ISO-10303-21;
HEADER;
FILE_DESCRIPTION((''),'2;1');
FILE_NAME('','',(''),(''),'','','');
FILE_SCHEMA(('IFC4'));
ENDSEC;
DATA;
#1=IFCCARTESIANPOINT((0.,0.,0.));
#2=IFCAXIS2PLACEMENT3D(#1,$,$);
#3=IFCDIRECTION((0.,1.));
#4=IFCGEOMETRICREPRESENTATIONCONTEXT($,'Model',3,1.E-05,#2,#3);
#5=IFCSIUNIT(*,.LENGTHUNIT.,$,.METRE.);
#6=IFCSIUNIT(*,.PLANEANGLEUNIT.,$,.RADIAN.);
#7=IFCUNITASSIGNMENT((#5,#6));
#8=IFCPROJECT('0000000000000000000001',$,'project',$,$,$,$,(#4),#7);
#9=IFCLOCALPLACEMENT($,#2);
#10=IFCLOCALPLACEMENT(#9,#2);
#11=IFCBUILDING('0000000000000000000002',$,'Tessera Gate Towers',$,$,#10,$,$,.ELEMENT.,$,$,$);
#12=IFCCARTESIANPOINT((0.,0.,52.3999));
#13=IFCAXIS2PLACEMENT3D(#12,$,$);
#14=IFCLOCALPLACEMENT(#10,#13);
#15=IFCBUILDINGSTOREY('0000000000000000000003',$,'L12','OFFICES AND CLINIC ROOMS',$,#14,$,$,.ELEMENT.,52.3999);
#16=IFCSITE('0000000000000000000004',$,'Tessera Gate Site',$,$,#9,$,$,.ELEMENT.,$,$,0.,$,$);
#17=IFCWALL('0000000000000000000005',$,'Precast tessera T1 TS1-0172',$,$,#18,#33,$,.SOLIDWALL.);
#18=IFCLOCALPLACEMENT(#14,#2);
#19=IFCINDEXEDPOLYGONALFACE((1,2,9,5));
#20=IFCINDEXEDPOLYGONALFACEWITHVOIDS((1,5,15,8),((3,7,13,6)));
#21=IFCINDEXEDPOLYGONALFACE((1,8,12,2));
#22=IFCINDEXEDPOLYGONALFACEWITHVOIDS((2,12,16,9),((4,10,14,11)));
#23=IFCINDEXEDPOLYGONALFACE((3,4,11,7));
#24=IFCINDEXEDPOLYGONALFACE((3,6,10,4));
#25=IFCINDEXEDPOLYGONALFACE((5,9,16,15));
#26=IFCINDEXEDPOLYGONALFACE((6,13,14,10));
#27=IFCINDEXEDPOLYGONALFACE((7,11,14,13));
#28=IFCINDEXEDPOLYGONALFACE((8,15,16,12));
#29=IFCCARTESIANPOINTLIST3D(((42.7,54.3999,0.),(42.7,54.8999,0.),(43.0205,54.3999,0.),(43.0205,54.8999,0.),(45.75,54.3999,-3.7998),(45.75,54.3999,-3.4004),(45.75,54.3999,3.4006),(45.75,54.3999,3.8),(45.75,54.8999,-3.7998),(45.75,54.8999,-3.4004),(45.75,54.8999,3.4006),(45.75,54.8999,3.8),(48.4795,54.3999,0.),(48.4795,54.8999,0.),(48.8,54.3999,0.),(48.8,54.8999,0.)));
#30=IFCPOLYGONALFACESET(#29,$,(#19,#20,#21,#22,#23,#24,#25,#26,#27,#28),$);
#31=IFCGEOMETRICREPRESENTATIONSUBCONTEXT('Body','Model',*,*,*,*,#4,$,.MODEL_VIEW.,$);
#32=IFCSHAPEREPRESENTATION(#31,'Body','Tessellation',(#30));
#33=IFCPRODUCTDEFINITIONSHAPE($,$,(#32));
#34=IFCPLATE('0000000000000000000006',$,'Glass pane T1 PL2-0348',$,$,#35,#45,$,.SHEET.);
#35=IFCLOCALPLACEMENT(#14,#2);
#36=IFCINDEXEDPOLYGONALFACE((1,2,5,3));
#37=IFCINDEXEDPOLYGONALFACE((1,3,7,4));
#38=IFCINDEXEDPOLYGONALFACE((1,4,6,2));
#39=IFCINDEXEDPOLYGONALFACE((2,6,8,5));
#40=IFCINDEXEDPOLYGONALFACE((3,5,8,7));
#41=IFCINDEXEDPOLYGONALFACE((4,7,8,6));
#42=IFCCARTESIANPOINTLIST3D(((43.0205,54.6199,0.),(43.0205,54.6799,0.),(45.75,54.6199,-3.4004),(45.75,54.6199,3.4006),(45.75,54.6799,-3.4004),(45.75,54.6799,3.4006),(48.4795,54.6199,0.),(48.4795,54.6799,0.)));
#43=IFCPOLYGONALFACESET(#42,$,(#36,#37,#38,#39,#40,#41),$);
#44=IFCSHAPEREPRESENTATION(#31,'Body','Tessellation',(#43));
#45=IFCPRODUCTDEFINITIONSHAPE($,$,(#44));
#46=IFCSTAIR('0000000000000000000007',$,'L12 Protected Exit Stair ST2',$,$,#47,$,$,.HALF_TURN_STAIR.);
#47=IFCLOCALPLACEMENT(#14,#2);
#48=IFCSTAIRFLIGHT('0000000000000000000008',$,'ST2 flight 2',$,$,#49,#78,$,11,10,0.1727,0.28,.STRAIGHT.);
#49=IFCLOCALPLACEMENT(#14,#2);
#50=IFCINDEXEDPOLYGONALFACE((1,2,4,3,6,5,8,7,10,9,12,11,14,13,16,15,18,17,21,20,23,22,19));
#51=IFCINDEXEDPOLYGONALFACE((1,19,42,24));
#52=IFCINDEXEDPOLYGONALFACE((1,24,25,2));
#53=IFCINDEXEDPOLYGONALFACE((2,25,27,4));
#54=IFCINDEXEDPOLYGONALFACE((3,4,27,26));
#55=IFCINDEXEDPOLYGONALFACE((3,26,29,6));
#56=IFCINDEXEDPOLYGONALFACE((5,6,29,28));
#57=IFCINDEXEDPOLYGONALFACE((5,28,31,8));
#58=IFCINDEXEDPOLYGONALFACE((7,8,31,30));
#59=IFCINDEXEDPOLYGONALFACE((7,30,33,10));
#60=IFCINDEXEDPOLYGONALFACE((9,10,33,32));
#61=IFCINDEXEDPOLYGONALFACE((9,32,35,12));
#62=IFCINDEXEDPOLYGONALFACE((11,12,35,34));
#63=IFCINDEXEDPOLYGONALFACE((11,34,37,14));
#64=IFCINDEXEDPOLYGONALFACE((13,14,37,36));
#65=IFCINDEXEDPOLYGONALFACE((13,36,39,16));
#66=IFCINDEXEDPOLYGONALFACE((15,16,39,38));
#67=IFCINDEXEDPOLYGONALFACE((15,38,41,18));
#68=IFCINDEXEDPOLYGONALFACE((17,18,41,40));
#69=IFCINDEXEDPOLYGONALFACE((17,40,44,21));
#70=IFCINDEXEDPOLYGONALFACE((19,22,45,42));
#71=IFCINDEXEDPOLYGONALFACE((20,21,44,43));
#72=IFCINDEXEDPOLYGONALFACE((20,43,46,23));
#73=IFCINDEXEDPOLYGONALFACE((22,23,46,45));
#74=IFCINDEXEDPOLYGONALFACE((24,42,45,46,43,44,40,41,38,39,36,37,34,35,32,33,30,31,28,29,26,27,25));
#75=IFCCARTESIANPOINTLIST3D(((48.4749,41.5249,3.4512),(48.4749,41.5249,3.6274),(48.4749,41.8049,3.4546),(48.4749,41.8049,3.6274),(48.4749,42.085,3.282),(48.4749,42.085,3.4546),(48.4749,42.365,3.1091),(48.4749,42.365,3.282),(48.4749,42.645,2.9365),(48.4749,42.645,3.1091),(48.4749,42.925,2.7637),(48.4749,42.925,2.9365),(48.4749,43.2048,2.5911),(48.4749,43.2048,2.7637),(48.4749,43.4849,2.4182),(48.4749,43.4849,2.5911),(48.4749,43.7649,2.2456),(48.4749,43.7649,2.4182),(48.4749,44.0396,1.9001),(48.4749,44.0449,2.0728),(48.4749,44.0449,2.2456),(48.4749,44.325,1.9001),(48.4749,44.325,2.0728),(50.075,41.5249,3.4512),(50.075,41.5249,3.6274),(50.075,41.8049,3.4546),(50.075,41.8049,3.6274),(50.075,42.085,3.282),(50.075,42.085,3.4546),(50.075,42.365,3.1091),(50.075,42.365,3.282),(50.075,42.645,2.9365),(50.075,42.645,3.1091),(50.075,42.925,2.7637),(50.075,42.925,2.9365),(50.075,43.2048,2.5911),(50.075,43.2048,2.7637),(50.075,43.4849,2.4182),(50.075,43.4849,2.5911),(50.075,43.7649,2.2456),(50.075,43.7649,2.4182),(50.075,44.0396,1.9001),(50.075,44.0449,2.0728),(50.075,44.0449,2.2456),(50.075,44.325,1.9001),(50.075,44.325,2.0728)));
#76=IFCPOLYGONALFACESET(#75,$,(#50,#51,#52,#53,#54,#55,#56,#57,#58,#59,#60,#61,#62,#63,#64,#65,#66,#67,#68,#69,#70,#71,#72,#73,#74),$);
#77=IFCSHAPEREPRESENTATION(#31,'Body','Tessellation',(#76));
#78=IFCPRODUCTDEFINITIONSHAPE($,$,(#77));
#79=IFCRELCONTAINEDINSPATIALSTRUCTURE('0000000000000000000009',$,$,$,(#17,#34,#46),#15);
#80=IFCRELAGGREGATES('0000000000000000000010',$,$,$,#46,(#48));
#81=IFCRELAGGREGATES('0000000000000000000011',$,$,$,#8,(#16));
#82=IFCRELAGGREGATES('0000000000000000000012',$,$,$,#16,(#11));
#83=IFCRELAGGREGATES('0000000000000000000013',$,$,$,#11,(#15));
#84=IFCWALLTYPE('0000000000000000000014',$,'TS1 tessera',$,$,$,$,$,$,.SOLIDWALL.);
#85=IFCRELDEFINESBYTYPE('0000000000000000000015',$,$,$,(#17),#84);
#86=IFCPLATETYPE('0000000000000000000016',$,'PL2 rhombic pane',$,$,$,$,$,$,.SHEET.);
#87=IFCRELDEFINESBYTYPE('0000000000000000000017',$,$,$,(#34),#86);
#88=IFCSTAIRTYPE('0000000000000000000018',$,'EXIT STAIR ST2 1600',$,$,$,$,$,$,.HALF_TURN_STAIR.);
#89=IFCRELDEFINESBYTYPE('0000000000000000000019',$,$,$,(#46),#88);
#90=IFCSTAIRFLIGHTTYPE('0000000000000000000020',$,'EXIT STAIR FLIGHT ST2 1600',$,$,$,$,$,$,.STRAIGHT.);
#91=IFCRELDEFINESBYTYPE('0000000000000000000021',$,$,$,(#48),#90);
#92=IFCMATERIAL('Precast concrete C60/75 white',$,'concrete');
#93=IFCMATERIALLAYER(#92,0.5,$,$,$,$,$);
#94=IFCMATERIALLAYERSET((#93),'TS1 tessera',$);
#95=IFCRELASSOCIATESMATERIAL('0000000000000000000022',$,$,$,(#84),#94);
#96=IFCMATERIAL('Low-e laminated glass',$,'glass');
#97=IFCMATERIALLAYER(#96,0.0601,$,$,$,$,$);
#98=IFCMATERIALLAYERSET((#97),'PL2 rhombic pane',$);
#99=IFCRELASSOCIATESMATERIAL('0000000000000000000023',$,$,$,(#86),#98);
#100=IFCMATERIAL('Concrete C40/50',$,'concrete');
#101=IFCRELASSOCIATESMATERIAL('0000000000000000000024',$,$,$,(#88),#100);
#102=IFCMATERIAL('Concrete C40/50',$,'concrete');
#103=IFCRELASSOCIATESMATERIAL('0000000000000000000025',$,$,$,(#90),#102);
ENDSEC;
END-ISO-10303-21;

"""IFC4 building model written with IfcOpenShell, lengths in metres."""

from ifc_helpers import new_model, si_unit, direction, frame, origin, place, context, subcontext, project, spatial, polyline, outline, extrude, source, transform, mapped, material, layer, layer_set, type_object, element, fill, aggregate, save


model = new_model("IFC4")

# Units and contexts
model_context = context("Model", 3, precision=1e-05, world=origin(), true_north=direction((0.0, 1.0)))
body_context = subcontext(model_context, "Body", "Model", "MODEL_VIEW")
ifc_project = project(units=[si_unit("LENGTHUNIT", "METRE"), si_unit("PLANEANGLEUNIT", "RADIAN")], contexts=[model_context])

# Site, building, storey
site_placement = place(None, origin())
site = spatial("IfcSite", under=ifc_project, at=site_placement, Name="Tessera Gate Site", CompositionType="ELEMENT", RefElevation=0.0)
building_placement = place(site_placement, origin())
building = spatial("IfcBuilding", under=site, at=building_placement, Name="Tessera Gate Towers", CompositionType="ELEMENT")
storey_placement = place(building_placement, frame((0.0, 0.0, 52.3999)))
storey = spatial("IfcBuildingStorey", under=building, at=storey_placement, Name="L12", Description="OFFICES AND CLINIC ROOMS", CompositionType="ELEMENT", Elevation=52.3999)

# Wall, opening, plate
ifc_material_1 = material(Name="Precast concrete C60/75 white", Category="concrete")
ifc_layer_1 = layer(ifc_material_1, 0.5)
ifc_layer_set_1 = layer_set([ifc_layer_1], Name="TS1 tessera")
wall_type_1 = type_object("IfcWallType", Name="TS1 tessera", PredefinedType="SOLIDWALL", material=ifc_layer_set_1)
shared_shape_1 = source(origin(), body_context, "Body", "SweptSolid", [
    extrude(outline(polyline([(3.05, 0.0), (6.1001, 3.7998), (3.05, 7.5999), (0.0, 3.7998), (3.05, 0.0)])), frame((0.0, 0.25, 0.0), z_axis=(0.0, -1.0, 0.0), x_axis=(1.0, 0.0, 0.0)), (0.0, 0.0, 1.0), 0.5),
])
wall_1_placement = place(storey_placement, frame((48.8, 54.6499, -3.7998), z_axis=(0.0, 0.0, 1.0), x_axis=(-1.0, 0.0, 0.0)))
wall_1 = element("IfcWall", 1, at=wall_1_placement, inside=storey, type_object=wall_type_1, Name="Precast tessera T1 TS1-0172", PredefinedType="SOLIDWALL", context=body_context, shape_type="MappedRepresentation", body=[
    mapped(shared_shape_1, transform((0.0, 0.0, 0.0), scale=1.0)),
])
shared_shape_2 = source(origin(), body_context, "Body", "SweptSolid", [
    extrude(outline(polyline([(3.05, 0.3994), (5.7795, 3.7998), (3.05, 7.2004), (0.3206, 3.7998), (3.05, 0.3994)])), frame((0.0, 0.26, 0.0), z_axis=(0.0, -1.0, 0.0), x_axis=(1.0, 0.0, 0.0)), (0.0, 0.0, 1.0), 0.52),
])
opening_1_placement = place(wall_1_placement, origin())
opening_1 = element("IfcOpeningElement", 2, at=opening_1_placement, cuts=wall_1, PredefinedType="OPENING", context=body_context, shape_type="MappedRepresentation", body=[
    mapped(shared_shape_2, transform((0.0, 0.0, 0.0), scale=1.0)),
])
ifc_material_2 = material(Name="Low-e laminated glass", Category="glass")
ifc_layer_2 = layer(ifc_material_2, 0.0601)
ifc_layer_set_2 = layer_set([ifc_layer_2], Name="PL2 rhombic pane")
plate_type = type_object("IfcPlateType", Name="PL2 rhombic pane", PredefinedType="SHEET", material=ifc_layer_set_2)
shared_shape_3 = source(origin(), body_context, "Body", "SweptSolid", [
    extrude(outline(polyline([(3.05, 0.3994), (5.7795, 3.7998), (3.05, 7.2004), (0.3206, 3.7998), (3.05, 0.3994)])), frame((0.0, 0.03, 0.0), z_axis=(0.0, -1.0, 0.0), x_axis=(1.0, 0.0, 0.0)), (0.0, 0.0, 1.0), 0.0601),
])
plate_placement = place(opening_1_placement, origin())
plate = element("IfcPlate", 3, at=plate_placement, inside=storey, type_object=plate_type, Name="Glass pane T1 PL2-0348", PredefinedType="SHEET", context=body_context, shape_type="MappedRepresentation", body=[
    mapped(shared_shape_3, transform((0.0, 0.0, 0.0), scale=1.0)),
])
fill(opening_1, plate)

# Stair, stair flight
ifc_material_3 = material(Name="Concrete C40/50", Category="concrete")
stair_type = type_object("IfcStairType", Name="EXIT STAIR ST2 1600", PredefinedType="HALF_TURN_STAIR", material=ifc_material_3)
stair_placement = place(storey_placement, origin())
stair = element("IfcStair", 4, at=stair_placement, inside=storey, type_object=stair_type, Name="L12 Protected Exit Stair ST2", PredefinedType="HALF_TURN_STAIR")
ifc_material_4 = material(Name="Concrete C40/50", Category="concrete")
stair_flight_type = type_object("IfcStairFlightType", Name="EXIT STAIR FLIGHT ST2 1600", PredefinedType="STRAIGHT", material=ifc_material_4)
stair_flight_placement = place(storey_placement, frame((49.2749, 44.325, 1.9001), z_axis=(0.0, 0.0, 1.0), x_axis=(0.0, -1.0, 0.0)))
stair_flight = element("IfcStairFlight", 5, at=stair_flight_placement, type_object=stair_flight_type, Name="ST2 flight 2", NumberOfRisers=11, NumberOfTreads=10, PredefinedType="STRAIGHT", RiserHeight=0.1727, TreadLength=0.28, context=body_context, shape_type="SweptSolid", body=[
    extrude(outline(polyline([(0.0, 0.0), (0.0, 0.1726), (0.28, 0.1726), (0.28, 0.3455), (0.5601, 0.3455), (0.5601, 0.5181), (0.8401, 0.5181), (0.8401, 0.6909), (1.1201, 0.6909), (1.1201, 0.8635), (1.3999, 0.8635), (1.3999, 1.0364), (1.6799, 1.0364), (1.6799, 1.209), (1.96, 1.209), (1.96, 1.3818), (2.24, 1.3818), (2.24, 1.5544), (2.52, 1.5544), (2.52, 1.7273), (2.8, 1.7273), (2.8, 1.8999), (2.8, 1.551), (0.2854, 0.0), (0.0, 0.0)])), frame((0.0, 0.8, 0.0), z_axis=(0.0, -1.0, 0.0), x_axis=(1.0, 0.0, 0.0)), (0.0, 0.0, 1.0), 1.6001),
])
aggregate(stair, [stair_flight])

save(model, "model.ifc")
